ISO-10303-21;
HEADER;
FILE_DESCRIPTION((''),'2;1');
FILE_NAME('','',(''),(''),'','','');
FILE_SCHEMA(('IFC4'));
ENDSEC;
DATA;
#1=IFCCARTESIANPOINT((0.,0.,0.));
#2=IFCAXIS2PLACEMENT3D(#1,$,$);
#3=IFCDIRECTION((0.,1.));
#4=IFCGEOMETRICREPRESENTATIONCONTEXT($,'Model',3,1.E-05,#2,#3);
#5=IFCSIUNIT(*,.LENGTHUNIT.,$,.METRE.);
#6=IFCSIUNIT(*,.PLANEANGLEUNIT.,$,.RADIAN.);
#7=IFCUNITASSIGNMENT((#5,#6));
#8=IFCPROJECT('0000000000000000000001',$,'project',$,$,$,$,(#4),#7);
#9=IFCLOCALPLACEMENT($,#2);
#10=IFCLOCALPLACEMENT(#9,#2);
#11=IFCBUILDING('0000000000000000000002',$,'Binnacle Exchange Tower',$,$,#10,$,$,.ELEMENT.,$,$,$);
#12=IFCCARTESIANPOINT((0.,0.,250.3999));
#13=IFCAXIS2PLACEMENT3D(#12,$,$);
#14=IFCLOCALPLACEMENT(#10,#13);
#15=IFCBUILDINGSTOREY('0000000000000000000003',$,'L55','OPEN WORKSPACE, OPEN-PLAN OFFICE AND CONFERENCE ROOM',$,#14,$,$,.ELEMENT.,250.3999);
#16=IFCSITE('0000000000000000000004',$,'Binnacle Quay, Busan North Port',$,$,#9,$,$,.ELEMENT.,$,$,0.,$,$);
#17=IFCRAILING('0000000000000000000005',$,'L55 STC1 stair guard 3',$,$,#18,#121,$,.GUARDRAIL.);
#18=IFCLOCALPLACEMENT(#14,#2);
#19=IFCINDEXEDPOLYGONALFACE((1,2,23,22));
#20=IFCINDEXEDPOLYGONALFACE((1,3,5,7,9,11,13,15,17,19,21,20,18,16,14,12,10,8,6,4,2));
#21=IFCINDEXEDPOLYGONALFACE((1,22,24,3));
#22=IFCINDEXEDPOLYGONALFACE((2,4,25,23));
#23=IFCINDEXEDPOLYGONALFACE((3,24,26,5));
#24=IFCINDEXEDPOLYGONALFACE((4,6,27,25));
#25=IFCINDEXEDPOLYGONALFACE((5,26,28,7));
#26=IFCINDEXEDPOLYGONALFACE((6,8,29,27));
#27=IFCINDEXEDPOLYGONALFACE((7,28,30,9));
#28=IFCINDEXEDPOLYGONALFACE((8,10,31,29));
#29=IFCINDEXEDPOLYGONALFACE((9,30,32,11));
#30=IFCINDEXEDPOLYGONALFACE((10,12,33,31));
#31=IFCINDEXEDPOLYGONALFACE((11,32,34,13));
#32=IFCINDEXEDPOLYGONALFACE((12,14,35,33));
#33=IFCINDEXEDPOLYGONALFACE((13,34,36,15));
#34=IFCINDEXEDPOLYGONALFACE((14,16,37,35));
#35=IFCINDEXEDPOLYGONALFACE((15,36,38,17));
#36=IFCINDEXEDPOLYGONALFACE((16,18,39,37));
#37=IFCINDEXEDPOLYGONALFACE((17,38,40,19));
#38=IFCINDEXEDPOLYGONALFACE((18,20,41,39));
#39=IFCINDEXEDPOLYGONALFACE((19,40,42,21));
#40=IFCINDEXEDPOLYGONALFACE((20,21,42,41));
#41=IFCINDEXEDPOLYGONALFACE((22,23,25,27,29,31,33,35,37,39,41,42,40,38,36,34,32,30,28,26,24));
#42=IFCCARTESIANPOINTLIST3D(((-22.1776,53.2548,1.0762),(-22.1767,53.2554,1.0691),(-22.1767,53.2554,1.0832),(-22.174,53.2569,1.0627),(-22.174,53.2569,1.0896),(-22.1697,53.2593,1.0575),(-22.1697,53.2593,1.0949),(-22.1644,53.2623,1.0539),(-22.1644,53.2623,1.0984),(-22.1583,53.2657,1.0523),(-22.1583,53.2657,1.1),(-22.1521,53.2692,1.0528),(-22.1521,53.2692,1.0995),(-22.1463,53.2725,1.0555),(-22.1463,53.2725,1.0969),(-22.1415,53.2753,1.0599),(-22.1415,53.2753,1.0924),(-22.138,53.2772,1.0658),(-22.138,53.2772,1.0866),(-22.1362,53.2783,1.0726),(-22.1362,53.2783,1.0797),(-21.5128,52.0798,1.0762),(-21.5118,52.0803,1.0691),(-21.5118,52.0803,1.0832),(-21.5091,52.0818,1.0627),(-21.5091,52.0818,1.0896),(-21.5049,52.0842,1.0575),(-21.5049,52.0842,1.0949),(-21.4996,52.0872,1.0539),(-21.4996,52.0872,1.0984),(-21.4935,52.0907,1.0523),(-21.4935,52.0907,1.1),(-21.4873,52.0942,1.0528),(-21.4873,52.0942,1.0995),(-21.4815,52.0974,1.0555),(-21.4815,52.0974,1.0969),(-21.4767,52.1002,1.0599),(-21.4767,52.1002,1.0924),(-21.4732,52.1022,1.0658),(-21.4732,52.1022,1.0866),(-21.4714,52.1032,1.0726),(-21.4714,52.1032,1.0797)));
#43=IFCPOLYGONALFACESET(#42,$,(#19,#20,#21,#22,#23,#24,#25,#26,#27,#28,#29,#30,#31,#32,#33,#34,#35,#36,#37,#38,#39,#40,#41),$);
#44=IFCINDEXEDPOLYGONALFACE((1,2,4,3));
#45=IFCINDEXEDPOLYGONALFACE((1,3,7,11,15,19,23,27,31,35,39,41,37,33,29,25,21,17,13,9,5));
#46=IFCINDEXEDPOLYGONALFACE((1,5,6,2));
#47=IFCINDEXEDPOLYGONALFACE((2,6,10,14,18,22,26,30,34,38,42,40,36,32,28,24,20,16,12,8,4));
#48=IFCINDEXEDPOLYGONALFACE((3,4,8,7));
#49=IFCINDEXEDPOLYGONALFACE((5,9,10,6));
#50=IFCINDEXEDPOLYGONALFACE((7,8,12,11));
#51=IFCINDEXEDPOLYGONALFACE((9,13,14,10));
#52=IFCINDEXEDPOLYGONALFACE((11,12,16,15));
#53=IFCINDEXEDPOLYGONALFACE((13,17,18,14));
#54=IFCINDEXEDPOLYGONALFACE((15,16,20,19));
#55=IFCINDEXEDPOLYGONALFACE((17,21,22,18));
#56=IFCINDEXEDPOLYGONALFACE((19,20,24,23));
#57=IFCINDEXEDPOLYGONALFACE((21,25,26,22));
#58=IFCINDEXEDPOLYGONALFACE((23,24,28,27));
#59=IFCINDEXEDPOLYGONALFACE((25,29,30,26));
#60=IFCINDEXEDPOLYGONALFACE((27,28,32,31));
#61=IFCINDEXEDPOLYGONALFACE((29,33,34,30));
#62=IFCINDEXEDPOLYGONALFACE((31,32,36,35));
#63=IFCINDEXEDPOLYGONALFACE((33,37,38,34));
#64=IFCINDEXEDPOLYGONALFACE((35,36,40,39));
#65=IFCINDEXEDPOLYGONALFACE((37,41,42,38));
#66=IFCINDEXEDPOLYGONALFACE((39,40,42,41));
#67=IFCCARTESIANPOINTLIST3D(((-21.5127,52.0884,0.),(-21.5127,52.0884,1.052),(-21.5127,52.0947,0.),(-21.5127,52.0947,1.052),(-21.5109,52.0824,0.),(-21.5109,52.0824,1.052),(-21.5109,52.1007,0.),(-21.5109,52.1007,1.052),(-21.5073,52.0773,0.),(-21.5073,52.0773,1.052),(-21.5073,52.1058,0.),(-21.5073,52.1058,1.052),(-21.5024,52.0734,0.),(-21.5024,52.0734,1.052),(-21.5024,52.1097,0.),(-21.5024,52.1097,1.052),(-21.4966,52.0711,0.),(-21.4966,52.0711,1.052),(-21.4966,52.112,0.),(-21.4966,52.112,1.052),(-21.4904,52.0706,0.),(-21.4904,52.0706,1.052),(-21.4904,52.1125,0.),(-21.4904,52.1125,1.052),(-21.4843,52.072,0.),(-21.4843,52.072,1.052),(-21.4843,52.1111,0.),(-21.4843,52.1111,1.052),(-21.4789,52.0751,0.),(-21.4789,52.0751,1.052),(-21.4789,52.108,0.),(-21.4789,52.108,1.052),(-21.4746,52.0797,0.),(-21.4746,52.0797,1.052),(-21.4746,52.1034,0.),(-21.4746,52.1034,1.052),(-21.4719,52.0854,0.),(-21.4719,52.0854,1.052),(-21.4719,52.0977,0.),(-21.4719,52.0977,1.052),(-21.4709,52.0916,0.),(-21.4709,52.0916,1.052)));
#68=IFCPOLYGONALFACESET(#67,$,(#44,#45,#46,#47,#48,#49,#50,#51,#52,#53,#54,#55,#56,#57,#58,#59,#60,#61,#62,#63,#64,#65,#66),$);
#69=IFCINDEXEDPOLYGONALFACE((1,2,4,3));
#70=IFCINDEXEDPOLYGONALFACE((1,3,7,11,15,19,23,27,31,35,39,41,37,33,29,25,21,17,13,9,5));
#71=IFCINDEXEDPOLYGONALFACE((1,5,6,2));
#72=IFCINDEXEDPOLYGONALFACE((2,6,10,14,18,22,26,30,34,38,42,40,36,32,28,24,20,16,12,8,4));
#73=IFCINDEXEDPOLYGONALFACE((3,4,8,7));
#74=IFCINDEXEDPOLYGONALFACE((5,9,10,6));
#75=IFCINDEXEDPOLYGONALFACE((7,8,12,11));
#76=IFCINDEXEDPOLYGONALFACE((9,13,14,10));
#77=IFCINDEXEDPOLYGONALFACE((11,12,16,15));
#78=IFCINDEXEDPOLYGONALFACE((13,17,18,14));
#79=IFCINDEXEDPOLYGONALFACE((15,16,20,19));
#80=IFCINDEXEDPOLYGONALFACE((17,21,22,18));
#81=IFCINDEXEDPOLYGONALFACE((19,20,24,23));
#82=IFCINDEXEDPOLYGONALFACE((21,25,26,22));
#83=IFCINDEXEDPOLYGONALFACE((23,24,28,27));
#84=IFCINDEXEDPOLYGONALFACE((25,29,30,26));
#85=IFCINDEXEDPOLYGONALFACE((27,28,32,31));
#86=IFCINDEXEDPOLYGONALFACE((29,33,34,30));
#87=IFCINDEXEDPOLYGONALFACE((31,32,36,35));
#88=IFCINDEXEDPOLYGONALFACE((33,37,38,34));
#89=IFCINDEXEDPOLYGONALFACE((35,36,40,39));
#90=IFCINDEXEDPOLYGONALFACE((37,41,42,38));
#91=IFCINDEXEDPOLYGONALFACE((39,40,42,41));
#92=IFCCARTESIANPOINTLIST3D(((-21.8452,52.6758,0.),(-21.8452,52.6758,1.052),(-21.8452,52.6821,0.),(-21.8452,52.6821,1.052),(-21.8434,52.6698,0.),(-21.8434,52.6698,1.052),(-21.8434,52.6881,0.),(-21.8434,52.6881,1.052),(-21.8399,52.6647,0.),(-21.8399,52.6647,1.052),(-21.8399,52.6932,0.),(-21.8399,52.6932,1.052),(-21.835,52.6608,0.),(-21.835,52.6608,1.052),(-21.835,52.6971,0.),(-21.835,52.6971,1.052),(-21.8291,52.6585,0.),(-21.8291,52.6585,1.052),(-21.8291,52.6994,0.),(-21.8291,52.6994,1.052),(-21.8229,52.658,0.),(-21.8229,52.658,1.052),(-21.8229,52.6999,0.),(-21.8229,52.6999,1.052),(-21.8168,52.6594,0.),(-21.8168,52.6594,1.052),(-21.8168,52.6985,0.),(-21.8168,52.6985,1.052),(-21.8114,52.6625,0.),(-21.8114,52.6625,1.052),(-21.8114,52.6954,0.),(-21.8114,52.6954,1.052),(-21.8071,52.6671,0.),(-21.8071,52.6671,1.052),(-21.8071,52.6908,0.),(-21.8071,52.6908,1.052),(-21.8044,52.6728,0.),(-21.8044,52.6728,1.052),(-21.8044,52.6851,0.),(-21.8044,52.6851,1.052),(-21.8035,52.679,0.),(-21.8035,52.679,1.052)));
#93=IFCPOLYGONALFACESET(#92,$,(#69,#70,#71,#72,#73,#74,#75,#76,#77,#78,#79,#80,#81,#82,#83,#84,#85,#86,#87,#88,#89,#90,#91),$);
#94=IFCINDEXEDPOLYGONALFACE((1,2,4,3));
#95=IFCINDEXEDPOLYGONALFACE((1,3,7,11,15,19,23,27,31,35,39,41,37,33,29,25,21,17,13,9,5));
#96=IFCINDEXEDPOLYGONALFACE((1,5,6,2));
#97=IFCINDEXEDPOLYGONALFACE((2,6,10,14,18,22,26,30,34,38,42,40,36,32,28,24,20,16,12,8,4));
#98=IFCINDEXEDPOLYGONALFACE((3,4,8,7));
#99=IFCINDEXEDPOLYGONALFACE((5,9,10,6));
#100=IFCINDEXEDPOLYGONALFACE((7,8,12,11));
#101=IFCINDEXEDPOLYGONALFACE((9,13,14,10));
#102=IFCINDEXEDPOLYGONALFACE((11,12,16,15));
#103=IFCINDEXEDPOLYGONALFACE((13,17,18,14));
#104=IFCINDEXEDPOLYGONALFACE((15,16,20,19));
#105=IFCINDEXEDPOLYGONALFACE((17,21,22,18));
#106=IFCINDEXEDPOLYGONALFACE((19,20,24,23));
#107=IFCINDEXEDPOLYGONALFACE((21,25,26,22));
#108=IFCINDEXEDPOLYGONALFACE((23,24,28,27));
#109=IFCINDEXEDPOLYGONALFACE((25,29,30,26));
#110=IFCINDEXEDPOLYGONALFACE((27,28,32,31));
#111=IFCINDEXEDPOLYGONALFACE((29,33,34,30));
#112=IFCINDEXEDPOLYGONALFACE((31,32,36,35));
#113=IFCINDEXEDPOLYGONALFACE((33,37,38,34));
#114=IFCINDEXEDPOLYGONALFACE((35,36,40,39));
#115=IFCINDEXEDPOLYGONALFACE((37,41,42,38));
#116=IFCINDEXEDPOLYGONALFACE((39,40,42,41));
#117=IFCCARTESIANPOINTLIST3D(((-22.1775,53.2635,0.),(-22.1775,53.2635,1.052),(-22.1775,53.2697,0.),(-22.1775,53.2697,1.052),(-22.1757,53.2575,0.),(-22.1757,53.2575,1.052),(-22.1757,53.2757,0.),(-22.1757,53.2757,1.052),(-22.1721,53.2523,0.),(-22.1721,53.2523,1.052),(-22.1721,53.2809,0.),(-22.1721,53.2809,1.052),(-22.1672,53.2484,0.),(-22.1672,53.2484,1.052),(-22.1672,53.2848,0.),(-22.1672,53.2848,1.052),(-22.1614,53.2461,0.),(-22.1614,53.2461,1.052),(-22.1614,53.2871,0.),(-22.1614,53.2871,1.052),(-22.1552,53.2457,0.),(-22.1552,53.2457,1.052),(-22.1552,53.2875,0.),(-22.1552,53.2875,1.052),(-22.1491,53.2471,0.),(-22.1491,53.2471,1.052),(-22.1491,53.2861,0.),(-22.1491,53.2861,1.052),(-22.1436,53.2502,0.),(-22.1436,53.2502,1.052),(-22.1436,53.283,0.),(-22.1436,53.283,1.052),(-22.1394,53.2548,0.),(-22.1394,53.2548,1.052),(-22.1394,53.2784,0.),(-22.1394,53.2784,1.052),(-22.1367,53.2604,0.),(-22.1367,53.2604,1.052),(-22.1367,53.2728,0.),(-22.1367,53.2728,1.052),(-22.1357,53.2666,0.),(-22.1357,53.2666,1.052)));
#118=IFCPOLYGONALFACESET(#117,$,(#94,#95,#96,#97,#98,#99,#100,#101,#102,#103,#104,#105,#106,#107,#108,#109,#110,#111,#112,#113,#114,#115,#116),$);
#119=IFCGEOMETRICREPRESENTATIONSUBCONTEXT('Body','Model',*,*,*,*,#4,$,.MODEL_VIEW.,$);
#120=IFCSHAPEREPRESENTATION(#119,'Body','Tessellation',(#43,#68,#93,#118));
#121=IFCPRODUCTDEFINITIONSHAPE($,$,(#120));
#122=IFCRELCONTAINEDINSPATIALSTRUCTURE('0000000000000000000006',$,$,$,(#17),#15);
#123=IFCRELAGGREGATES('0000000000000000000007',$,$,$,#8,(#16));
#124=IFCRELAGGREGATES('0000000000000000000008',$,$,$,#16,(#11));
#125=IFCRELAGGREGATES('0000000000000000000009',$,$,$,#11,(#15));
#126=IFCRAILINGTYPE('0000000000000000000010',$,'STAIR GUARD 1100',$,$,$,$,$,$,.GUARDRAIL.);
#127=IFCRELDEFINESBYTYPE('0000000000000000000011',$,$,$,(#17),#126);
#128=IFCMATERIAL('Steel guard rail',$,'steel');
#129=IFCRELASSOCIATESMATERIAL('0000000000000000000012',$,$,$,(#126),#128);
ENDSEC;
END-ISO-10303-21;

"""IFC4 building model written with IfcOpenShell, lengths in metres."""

from ifc_helpers import new_model, si_unit, direction, frame, origin, origin_2d, place, context, subcontext, project, spatial, circle, extrude, material, type_object, element, save


model = new_model("IFC4")

# Units and contexts
model_context = context("Model", 3, precision=1e-05, world=origin(), true_north=direction((0.0, 1.0)))
body_context = subcontext(model_context, "Body", "Model", "MODEL_VIEW")
ifc_project = project(units=[si_unit("LENGTHUNIT", "METRE"), si_unit("PLANEANGLEUNIT", "RADIAN")], contexts=[model_context])

# Site, building, storey
site_placement = place(None, origin())
site = spatial("IfcSite", under=ifc_project, at=site_placement, Name="Binnacle Quay, Busan North Port", CompositionType="ELEMENT", RefElevation=0.0)
building_placement = place(site_placement, origin())
building = spatial("IfcBuilding", under=site, at=building_placement, Name="Binnacle Exchange Tower", CompositionType="ELEMENT")
storey_placement = place(building_placement, frame((0.0, 0.0, 250.3999)))
storey = spatial("IfcBuildingStorey", under=building, at=storey_placement, Name="L55", Description="OPEN WORKSPACE, OPEN-PLAN OFFICE AND CONFERENCE ROOM", CompositionType="ELEMENT", Elevation=250.3999)

# Railing
ifc_material_1 = material(Name="Steel guard rail", Category="steel")
railing_type_1 = type_object("IfcRailingType", Name="STAIR GUARD 1100", PredefinedType="GUARDRAIL", material=ifc_material_1)
railing_1_placement = place(storey_placement, frame((-21.4919, 52.0916, 0.0)))
element("IfcRailing", 1, at=railing_1_placement, inside=storey, type_object=railing_type_1, Name="L55 STC1 stair guard 3", PredefinedType="GUARDRAIL", context=body_context, shape_type="SweptSolid", body=[
    extrude(circle(Radius=0.0239, at=origin_2d()), frame((0.0, 0.0, 1.0762), z_axis=(-0.492415, 0.870361, 0.0), x_axis=(-0.870361, -0.492415, 0.0)), (0.0, 0.0, 1.0), 1.3501),
    extrude(circle(Radius=0.021, at=origin_2d()), origin(), (0.0, 0.0, 1.0), 1.052),
    extrude(circle(Radius=0.021, at=origin_2d()), frame((-0.3325, 0.5874, 0.0)), (0.0, 0.0, 1.0), 1.052),
    extrude(circle(Radius=0.021, at=origin_2d()), frame((-0.6648, 1.175, 0.0)), (0.0, 0.0, 1.0), 1.052),
])

save(model, "model.ifc")
